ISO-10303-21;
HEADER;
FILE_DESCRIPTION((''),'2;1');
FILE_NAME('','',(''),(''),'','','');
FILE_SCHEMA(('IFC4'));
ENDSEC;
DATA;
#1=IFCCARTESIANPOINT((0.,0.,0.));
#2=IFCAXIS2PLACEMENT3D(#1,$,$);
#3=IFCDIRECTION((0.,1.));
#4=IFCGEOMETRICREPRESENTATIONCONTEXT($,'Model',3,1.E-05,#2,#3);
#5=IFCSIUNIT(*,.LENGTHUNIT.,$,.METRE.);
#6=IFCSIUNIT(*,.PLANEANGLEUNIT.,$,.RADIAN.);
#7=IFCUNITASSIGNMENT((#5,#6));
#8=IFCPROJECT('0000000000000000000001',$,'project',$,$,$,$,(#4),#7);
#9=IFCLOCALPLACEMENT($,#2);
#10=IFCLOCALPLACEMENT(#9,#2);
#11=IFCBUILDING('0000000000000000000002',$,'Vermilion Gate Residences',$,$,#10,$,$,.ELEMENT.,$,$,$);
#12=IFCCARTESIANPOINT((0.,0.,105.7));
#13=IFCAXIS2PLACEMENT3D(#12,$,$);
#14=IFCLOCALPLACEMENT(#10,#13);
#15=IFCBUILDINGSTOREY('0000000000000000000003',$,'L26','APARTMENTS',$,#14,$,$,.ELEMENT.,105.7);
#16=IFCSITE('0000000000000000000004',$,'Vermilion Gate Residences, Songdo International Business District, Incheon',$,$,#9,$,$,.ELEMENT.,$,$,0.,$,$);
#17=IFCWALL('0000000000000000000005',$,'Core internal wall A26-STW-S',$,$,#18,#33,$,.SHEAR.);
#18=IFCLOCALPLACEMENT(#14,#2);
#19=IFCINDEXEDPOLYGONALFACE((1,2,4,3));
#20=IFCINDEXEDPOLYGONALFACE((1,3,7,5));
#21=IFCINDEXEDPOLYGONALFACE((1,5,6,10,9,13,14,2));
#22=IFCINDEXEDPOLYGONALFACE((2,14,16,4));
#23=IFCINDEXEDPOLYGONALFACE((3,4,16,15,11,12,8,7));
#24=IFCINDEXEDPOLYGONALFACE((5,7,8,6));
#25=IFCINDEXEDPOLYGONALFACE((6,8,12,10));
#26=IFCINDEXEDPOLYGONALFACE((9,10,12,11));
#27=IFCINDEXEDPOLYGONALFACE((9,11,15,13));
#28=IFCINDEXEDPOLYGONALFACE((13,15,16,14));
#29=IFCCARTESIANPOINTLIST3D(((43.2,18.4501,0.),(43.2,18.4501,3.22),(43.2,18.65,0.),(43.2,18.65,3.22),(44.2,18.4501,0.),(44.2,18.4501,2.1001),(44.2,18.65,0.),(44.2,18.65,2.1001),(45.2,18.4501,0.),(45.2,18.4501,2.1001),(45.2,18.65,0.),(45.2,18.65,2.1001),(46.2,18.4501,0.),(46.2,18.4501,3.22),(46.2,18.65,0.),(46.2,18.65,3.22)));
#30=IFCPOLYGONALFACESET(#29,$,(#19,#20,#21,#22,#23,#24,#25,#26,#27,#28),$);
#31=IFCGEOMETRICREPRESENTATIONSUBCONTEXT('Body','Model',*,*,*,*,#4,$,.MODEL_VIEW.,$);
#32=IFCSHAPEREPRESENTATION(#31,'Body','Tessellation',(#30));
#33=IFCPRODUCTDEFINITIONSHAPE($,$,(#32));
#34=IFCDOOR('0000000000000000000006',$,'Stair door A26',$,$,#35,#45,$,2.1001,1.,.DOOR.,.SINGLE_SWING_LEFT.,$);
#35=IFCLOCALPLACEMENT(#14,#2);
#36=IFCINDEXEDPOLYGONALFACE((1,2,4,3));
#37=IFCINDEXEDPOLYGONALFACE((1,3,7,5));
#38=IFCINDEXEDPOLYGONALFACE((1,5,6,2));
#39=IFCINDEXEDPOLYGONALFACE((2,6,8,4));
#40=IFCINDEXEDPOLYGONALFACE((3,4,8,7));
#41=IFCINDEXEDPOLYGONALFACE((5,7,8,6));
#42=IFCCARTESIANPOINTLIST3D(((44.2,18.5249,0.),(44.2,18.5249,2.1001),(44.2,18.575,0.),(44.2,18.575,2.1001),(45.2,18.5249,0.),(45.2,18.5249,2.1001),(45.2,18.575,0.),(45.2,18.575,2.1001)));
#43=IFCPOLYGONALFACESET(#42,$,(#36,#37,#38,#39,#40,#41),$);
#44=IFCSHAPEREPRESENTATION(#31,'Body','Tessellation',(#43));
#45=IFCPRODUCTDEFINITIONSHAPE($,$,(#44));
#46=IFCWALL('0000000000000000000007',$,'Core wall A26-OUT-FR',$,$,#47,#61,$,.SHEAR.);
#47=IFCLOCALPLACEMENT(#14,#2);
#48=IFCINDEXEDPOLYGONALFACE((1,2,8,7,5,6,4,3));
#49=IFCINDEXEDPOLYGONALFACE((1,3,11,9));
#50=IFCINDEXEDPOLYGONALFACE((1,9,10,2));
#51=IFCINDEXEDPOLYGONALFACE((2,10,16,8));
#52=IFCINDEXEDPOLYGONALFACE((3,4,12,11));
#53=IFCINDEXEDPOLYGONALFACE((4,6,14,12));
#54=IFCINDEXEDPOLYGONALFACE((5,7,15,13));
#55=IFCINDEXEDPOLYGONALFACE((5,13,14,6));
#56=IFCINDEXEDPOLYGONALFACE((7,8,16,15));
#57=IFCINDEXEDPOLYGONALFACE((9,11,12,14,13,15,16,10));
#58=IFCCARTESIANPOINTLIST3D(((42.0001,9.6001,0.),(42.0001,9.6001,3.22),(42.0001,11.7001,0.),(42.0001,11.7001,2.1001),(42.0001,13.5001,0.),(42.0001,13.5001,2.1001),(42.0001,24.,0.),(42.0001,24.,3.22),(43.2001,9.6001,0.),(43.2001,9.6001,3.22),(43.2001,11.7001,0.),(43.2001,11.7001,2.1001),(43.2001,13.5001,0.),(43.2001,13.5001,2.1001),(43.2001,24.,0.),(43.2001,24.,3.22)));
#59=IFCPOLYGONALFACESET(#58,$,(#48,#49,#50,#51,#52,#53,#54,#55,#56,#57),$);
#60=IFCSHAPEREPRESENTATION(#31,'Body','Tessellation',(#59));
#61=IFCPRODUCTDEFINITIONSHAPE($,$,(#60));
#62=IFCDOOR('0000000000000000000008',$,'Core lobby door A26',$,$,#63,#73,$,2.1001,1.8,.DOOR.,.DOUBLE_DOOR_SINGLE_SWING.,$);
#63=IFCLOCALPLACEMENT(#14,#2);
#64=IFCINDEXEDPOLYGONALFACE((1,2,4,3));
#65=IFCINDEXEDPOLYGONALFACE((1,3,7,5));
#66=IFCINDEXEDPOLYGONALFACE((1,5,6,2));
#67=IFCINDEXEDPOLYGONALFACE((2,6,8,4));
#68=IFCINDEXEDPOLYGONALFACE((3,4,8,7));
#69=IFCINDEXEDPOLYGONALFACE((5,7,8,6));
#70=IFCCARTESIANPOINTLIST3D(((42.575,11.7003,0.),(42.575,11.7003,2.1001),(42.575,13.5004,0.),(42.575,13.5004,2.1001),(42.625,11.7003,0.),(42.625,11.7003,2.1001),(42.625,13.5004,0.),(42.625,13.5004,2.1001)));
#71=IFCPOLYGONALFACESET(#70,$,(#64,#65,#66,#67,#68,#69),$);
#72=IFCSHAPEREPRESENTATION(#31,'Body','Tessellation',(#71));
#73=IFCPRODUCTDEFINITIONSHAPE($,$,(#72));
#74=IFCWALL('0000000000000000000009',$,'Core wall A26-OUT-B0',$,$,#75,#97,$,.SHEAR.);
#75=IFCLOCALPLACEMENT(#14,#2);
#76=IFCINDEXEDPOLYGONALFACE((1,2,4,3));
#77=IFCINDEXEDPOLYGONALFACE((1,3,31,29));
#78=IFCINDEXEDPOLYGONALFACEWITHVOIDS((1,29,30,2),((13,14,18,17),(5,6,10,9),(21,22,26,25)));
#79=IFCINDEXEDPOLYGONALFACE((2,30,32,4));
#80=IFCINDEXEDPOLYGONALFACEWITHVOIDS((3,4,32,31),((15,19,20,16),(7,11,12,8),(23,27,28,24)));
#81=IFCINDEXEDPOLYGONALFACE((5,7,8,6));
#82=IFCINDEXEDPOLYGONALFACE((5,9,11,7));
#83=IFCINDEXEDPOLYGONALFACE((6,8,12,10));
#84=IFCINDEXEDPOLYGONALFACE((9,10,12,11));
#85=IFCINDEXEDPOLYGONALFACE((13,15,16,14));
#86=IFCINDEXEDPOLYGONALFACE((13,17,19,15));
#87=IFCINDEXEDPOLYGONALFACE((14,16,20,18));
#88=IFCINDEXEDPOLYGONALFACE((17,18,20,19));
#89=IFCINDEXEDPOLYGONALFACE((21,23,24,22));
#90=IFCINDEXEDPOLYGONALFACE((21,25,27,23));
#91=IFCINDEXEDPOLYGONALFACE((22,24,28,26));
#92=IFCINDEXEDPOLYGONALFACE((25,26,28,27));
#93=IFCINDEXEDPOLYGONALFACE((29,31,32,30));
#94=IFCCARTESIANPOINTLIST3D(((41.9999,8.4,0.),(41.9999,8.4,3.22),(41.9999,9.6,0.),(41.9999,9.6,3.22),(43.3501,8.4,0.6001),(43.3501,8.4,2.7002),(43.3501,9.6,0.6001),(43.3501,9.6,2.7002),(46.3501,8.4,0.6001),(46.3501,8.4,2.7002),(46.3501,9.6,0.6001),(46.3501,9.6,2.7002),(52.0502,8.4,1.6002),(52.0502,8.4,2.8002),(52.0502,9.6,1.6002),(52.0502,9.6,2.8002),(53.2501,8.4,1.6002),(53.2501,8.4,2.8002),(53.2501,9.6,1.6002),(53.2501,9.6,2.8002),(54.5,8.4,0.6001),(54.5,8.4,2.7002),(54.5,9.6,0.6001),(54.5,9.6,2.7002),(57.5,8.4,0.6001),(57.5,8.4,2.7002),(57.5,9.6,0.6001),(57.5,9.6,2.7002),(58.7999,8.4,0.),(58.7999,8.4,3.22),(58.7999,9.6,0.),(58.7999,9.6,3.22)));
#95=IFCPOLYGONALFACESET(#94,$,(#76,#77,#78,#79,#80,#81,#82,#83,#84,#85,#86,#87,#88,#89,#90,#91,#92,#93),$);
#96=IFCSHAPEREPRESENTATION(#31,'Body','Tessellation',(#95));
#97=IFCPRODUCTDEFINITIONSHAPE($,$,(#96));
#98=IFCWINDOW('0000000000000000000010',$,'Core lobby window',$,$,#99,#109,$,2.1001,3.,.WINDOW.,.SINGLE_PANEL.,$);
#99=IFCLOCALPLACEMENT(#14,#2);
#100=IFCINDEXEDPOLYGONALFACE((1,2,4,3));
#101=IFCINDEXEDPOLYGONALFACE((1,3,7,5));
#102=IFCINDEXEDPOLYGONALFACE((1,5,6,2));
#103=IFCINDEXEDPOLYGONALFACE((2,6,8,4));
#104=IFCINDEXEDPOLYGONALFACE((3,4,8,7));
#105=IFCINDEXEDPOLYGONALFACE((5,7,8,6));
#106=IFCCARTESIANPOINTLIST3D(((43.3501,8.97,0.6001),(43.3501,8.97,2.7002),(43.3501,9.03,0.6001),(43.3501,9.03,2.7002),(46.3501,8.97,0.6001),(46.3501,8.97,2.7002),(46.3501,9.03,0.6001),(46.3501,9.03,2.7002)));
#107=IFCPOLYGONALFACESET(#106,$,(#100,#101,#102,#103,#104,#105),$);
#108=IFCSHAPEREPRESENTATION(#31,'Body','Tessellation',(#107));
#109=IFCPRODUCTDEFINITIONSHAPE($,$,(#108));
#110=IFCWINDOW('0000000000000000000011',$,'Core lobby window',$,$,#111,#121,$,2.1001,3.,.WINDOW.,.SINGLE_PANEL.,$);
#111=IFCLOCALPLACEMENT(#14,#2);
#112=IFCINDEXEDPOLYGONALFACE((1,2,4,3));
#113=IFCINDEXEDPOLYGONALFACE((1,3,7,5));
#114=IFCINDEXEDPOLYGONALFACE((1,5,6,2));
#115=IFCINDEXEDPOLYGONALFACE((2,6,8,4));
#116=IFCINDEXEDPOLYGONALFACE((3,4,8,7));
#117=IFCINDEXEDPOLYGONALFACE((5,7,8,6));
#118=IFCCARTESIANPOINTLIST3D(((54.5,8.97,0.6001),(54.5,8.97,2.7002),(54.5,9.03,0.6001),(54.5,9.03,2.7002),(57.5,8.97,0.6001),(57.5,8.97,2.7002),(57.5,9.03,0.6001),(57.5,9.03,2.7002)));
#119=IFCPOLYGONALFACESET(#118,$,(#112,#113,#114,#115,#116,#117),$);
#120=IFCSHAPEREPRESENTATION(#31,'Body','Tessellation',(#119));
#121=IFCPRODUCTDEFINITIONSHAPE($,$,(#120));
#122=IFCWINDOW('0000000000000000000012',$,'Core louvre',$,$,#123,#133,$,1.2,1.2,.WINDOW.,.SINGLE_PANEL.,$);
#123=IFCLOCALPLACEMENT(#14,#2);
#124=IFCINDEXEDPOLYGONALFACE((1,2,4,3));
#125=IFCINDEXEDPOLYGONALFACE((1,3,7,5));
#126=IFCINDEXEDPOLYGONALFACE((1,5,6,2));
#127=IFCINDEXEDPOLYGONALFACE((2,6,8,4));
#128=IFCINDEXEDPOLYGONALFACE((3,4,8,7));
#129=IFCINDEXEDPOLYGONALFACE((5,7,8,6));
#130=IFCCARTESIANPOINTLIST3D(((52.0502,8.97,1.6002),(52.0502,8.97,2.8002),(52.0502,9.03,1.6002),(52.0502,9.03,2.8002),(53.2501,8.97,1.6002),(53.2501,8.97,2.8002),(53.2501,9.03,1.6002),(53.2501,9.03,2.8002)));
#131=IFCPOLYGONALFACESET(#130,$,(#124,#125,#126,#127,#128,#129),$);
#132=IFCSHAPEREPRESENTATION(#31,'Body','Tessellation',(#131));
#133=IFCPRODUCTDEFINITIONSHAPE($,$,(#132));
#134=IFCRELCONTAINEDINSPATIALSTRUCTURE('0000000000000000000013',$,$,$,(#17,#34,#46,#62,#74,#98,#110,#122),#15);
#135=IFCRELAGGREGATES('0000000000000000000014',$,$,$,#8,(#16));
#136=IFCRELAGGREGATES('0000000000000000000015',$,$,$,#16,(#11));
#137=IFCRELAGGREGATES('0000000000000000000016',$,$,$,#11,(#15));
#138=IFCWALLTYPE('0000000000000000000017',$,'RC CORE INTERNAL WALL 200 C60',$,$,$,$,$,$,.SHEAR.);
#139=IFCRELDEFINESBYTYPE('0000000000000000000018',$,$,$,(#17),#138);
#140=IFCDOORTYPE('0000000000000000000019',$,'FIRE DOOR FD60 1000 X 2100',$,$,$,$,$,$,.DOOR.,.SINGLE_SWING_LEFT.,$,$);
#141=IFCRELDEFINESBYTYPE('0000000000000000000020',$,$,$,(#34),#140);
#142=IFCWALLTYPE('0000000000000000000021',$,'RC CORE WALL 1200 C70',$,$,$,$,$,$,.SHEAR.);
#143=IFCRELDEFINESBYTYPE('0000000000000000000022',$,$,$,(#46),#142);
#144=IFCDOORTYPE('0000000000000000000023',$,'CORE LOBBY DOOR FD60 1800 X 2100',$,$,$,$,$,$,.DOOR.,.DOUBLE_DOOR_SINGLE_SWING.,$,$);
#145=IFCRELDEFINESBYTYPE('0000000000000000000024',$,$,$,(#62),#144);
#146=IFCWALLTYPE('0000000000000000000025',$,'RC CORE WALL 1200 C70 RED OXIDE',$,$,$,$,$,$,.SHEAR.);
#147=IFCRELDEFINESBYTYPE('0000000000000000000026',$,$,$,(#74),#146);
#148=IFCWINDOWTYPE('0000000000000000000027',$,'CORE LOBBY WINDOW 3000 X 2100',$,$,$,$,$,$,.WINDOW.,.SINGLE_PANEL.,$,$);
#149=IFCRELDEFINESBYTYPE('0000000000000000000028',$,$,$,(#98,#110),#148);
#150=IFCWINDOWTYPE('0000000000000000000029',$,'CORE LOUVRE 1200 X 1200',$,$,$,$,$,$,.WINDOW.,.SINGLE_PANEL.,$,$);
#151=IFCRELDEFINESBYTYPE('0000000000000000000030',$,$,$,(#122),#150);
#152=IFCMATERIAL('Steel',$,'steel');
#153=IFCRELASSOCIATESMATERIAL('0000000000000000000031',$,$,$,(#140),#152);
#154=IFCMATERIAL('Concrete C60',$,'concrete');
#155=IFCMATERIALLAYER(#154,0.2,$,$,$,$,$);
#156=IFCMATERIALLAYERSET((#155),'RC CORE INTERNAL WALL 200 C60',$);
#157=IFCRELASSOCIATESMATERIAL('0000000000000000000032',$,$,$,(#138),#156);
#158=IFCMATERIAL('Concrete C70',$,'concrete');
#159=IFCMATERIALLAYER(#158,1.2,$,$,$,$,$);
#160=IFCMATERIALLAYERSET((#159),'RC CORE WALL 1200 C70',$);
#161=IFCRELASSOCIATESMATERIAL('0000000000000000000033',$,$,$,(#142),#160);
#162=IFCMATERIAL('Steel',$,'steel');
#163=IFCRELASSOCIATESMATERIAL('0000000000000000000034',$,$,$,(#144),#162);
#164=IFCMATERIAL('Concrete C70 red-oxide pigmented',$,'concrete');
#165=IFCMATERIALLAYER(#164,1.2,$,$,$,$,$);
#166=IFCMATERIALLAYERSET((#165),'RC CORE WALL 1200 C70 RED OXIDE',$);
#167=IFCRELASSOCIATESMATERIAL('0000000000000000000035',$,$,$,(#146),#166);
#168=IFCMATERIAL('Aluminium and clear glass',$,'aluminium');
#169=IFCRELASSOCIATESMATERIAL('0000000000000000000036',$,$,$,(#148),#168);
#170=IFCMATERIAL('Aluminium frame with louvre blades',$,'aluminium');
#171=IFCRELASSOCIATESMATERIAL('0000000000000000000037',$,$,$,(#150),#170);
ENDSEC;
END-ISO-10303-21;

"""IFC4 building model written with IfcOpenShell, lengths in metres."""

from ifc_helpers import new_model, si_unit, direction, frame, frame_2d, origin, place, context, subcontext, project, spatial, rectangle, extrude, material, layer, layer_set, type_object, element, fill, save


model = new_model("IFC4")

# Units and contexts
model_context = context("Model", 3, precision=1e-05, world=origin(), true_north=direction((0.0, 1.0)))
body_context = subcontext(model_context, "Body", "Model", "MODEL_VIEW")
ifc_project = project(units=[si_unit("LENGTHUNIT", "METRE"), si_unit("PLANEANGLEUNIT", "RADIAN")], contexts=[model_context])

# Site, building, storey
site_placement = place(None, origin())
site = spatial("IfcSite", under=ifc_project, at=site_placement, Name="Vermilion Gate Residences, Songdo International Business District, Incheon", CompositionType="ELEMENT", RefElevation=0.0)
building_placement = place(site_placement, origin())
building = spatial("IfcBuilding", under=site, at=building_placement, Name="Vermilion Gate Residences", CompositionType="ELEMENT")
storey_placement = place(building_placement, frame((0.0, 0.0, 105.7)))
storey = spatial("IfcBuildingStorey", under=building, at=storey_placement, Name="L26", Description="APARTMENTS", CompositionType="ELEMENT", Elevation=105.7)

# Shared definitions
ifc_material_1 = material(Name="Steel", Category="steel")
door_type_1 = type_object("IfcDoorType", Name="FIRE DOOR FD60 1000 X 2100", OperationType="SINGLE_SWING_LEFT", PredefinedType="DOOR", material=ifc_material_1)

# Shared definitions
ifc_material_2 = material(Name="Concrete C60", Category="concrete")
ifc_layer_1 = layer(ifc_material_2, 0.2)
ifc_layer_set_1 = layer_set([ifc_layer_1], Name="RC CORE INTERNAL WALL 200 C60")
wall_type_1 = type_object("IfcWallType", Name="RC CORE INTERNAL WALL 200 C60", PredefinedType="SHEAR", material=ifc_layer_set_1)

# Walls, openings, doors
wall_1_placement = place(storey_placement, frame((43.2, 18.55, 0.0), z_axis=(0.0, 0.0, 1.0), x_axis=(1.0, 0.0, 0.0)))
wall_1 = element("IfcWall", 1, at=wall_1_placement, inside=storey, type_object=wall_type_1, Name="Core internal wall A26-STW-S", PredefinedType="SHEAR", context=body_context, shape_type="SweptSolid", body=[
    extrude(rectangle(XDim=3.0, YDim=0.2, at=frame_2d((1.5, 0.0))), origin(), (0.0, 0.0, 1.0), 3.22),
])
opening_1_placement = place(wall_1_placement, frame((1.0, 0.0, 0.0)))
opening_1 = element("IfcOpeningElement", 2, at=opening_1_placement, cuts=wall_1, PredefinedType="OPENING", context=body_context, shape_type="SweptSolid", body=[
    extrude(rectangle(XDim=1.0, YDim=2.1001, at=frame_2d((0.5, 1.05))), frame((0.0, 0.1099, 0.0), z_axis=(0.0, -1.0, 0.0), x_axis=(1.0, 0.0, 0.0)), (0.0, 0.0, 1.0), 0.22),
])
door_1_placement = place(opening_1_placement, origin())
door_1 = element("IfcDoor", 3, at=door_1_placement, inside=storey, type_object=door_type_1, Name="Stair door A26", OperationType="SINGLE_SWING_LEFT", OverallHeight=2.1001, OverallWidth=1.0, PredefinedType="DOOR", context=body_context, shape_type="SweptSolid", body=[
    extrude(rectangle(XDim=1.0, YDim=2.1001, at=frame_2d((0.5, 1.05))), frame((0.0, 0.0249, 0.0), z_axis=(0.0, -1.0, 0.0), x_axis=(1.0, 0.0, 0.0)), (0.0, 0.0, 1.0), 0.05),
])
fill(opening_1, door_1)
ifc_material_3 = material(Name="Concrete C70", Category="concrete")
ifc_layer_2 = layer(ifc_material_3, 1.2)
ifc_layer_set_2 = layer_set([ifc_layer_2], Name="RC CORE WALL 1200 C70")
wall_type_2 = type_object("IfcWallType", Name="RC CORE WALL 1200 C70", PredefinedType="SHEAR", material=ifc_layer_set_2)
wall_2_placement = place(storey_placement, frame((42.6001, 9.6001, 0.0), z_axis=(0.0, 0.0, 1.0), x_axis=(0.0, 1.0, 0.0)))
wall_2 = element("IfcWall", 4, at=wall_2_placement, inside=storey, type_object=wall_type_2, Name="Core wall A26-OUT-FR", PredefinedType="SHEAR", context=body_context, shape_type="SweptSolid", body=[
    extrude(rectangle(XDim=14.3999, YDim=1.2, at=frame_2d((7.2, 0.0))), origin(), (0.0, 0.0, 1.0), 3.22),
])
opening_2_placement = place(wall_2_placement, frame((2.1001, 0.0, 0.0)))
opening_2 = element("IfcOpeningElement", 5, at=opening_2_placement, cuts=wall_2, PredefinedType="OPENING", context=body_context, shape_type="SweptSolid", body=[
    extrude(rectangle(XDim=1.8, YDim=2.1001, at=frame_2d((0.8999, 1.05))), frame((0.0, 0.6099, 0.0), z_axis=(0.0, -1.0, 0.0), x_axis=(1.0, 0.0, 0.0)), (0.0, 0.0, 1.0), 1.22),
])
ifc_material_4 = material(Name="Steel", Category="steel")
door_type_2 = type_object("IfcDoorType", Name="CORE LOBBY DOOR FD60 1800 X 2100", OperationType="DOUBLE_DOOR_SINGLE_SWING", PredefinedType="DOOR", material=ifc_material_4)
door_2_placement = place(opening_2_placement, frame((1.8, 0.0, 0.0), z_axis=(0.0, 0.0, 1.0), x_axis=(-1.0, 0.0, 0.0)))
door_2 = element("IfcDoor", 6, at=door_2_placement, inside=storey, type_object=door_type_2, Name="Core lobby door A26", OperationType="DOUBLE_DOOR_SINGLE_SWING", OverallHeight=2.1001, OverallWidth=1.8, PredefinedType="DOOR", context=body_context, shape_type="SweptSolid", body=[
    extrude(rectangle(XDim=1.8, YDim=2.1001, at=frame_2d((0.8999, 1.05))), frame((0.0, 0.0249, 0.0), z_axis=(0.0, -1.0, 0.0), x_axis=(1.0, 0.0, 0.0)), (0.0, 0.0, 1.0), 0.05),
])
fill(opening_2, door_2)

# Wall, openings, windows
ifc_material_5 = material(Name="Concrete C70 red-oxide pigmented", Category="concrete")
ifc_layer_3 = layer(ifc_material_5, 1.2)
ifc_layer_set_3 = layer_set([ifc_layer_3], Name="RC CORE WALL 1200 C70 RED OXIDE")
wall_type_3 = type_object("IfcWallType", Name="RC CORE WALL 1200 C70 RED OXIDE", PredefinedType="SHEAR", material=ifc_layer_set_3)
wall_3_placement = place(storey_placement, frame((42.0, 9.0, 0.0), z_axis=(0.0, 0.0, 1.0), x_axis=(1.0, 0.0, 0.0)))
wall_3 = element("IfcWall", 7, at=wall_3_placement, inside=storey, type_object=wall_type_3, Name="Core wall A26-OUT-B0", PredefinedType="SHEAR", context=body_context, shape_type="SweptSolid", body=[
    extrude(rectangle(XDim=16.8, YDim=1.2, at=frame_2d((8.3999, 0.0))), origin(), (0.0, 0.0, 1.0), 3.22),
])
opening_3_placement = place(wall_3_placement, frame((1.3501, 0.0, 0.6001)))
opening_3 = element("IfcOpeningElement", 8, at=opening_3_placement, cuts=wall_3, PredefinedType="OPENING", context=body_context, shape_type="SweptSolid", body=[
    extrude(rectangle(XDim=3.0, YDim=2.1001, at=frame_2d((1.5, 1.05))), frame((0.0, 0.6099, 0.0), z_axis=(0.0, -1.0, 0.0), x_axis=(1.0, 0.0, 0.0)), (0.0, 0.0, 1.0), 1.22),
])
opening_4_placement = place(wall_3_placement, frame((10.05, 0.0, 1.6001)))
opening_4 = element("IfcOpeningElement", 9, at=opening_4_placement, cuts=wall_3, PredefinedType="OPENING", context=body_context, shape_type="SweptSolid", body=[
    extrude(rectangle(XDim=1.2, YDim=1.2, at=frame_2d((0.6001, 0.6001))), frame((0.0, 0.6099, 0.0), z_axis=(0.0, -1.0, 0.0), x_axis=(1.0, 0.0, 0.0)), (0.0, 0.0, 1.0), 1.22),
])
opening_5_placement = place(wall_3_placement, frame((12.5, 0.0, 0.6001)))
opening_5 = element("IfcOpeningElement", 10, at=opening_5_placement, cuts=wall_3, PredefinedType="OPENING", context=body_context, shape_type="SweptSolid", body=[
    extrude(rectangle(XDim=3.0, YDim=2.1001, at=frame_2d((1.5, 1.05))), frame((0.0, 0.6099, 0.0), z_axis=(0.0, -1.0, 0.0), x_axis=(1.0, 0.0, 0.0)), (0.0, 0.0, 1.0), 1.22),
])
ifc_material_6 = material(Name="Aluminium and clear glass", Category="aluminium")
window_type_1 = type_object("IfcWindowType", Name="CORE LOBBY WINDOW 3000 X 2100", PartitioningType="SINGLE_PANEL", PredefinedType="WINDOW", material=ifc_material_6)
window_1_placement = place(opening_3_placement, origin())
window_1 = element("IfcWindow", 11, at=window_1_placement, inside=storey, type_object=window_type_1, Name="Core lobby window", OverallHeight=2.1001, OverallWidth=3.0, PartitioningType="SINGLE_PANEL", PredefinedType="WINDOW", context=body_context, shape_type="SweptSolid", body=[
    extrude(rectangle(XDim=3.0, YDim=2.1001, at=frame_2d((1.5, 1.05))), frame((0.0, 0.03, 0.0), z_axis=(0.0, -1.0, 0.0), x_axis=(1.0, 0.0, 0.0)), (0.0, 0.0, 1.0), 0.0601),
])
fill(opening_3, window_1)
window_2_placement = place(opening_5_placement, origin())
window_2 = element("IfcWindow", 12, at=window_2_placement, inside=storey, type_object=window_type_1, Name="Core lobby window", OverallHeight=2.1001, OverallWidth=3.0, PartitioningType="SINGLE_PANEL", PredefinedType="WINDOW", context=body_context, shape_type="SweptSolid", body=[
    extrude(rectangle(XDim=3.0, YDim=2.1001, at=frame_2d((1.5, 1.05))), frame((0.0, 0.03, 0.0), z_axis=(0.0, -1.0, 0.0), x_axis=(1.0, 0.0, 0.0)), (0.0, 0.0, 1.0), 0.0601),
])
fill(opening_5, window_2)
ifc_material_7 = material(Name="Aluminium frame with louvre blades", Category="aluminium")
window_type_2 = type_object("IfcWindowType", Name="CORE LOUVRE 1200 X 1200", PartitioningType="SINGLE_PANEL", PredefinedType="WINDOW", material=ifc_material_7)
window_3_placement = place(opening_4_placement, origin())
window_3 = element("IfcWindow", 13, at=window_3_placement, inside=storey, type_object=window_type_2, Name="Core louvre", OverallHeight=1.2, OverallWidth=1.2, PartitioningType="SINGLE_PANEL", PredefinedType="WINDOW", context=body_context, shape_type="SweptSolid", body=[
    extrude(rectangle(XDim=1.2, YDim=1.2, at=frame_2d((0.6001, 0.6001))), frame((0.0, 0.03, 0.0), z_axis=(0.0, -1.0, 0.0), x_axis=(1.0, 0.0, 0.0)), (0.0, 0.0, 1.0), 0.0601),
])
fill(opening_4, window_3)

save(model, "model.ifc")
